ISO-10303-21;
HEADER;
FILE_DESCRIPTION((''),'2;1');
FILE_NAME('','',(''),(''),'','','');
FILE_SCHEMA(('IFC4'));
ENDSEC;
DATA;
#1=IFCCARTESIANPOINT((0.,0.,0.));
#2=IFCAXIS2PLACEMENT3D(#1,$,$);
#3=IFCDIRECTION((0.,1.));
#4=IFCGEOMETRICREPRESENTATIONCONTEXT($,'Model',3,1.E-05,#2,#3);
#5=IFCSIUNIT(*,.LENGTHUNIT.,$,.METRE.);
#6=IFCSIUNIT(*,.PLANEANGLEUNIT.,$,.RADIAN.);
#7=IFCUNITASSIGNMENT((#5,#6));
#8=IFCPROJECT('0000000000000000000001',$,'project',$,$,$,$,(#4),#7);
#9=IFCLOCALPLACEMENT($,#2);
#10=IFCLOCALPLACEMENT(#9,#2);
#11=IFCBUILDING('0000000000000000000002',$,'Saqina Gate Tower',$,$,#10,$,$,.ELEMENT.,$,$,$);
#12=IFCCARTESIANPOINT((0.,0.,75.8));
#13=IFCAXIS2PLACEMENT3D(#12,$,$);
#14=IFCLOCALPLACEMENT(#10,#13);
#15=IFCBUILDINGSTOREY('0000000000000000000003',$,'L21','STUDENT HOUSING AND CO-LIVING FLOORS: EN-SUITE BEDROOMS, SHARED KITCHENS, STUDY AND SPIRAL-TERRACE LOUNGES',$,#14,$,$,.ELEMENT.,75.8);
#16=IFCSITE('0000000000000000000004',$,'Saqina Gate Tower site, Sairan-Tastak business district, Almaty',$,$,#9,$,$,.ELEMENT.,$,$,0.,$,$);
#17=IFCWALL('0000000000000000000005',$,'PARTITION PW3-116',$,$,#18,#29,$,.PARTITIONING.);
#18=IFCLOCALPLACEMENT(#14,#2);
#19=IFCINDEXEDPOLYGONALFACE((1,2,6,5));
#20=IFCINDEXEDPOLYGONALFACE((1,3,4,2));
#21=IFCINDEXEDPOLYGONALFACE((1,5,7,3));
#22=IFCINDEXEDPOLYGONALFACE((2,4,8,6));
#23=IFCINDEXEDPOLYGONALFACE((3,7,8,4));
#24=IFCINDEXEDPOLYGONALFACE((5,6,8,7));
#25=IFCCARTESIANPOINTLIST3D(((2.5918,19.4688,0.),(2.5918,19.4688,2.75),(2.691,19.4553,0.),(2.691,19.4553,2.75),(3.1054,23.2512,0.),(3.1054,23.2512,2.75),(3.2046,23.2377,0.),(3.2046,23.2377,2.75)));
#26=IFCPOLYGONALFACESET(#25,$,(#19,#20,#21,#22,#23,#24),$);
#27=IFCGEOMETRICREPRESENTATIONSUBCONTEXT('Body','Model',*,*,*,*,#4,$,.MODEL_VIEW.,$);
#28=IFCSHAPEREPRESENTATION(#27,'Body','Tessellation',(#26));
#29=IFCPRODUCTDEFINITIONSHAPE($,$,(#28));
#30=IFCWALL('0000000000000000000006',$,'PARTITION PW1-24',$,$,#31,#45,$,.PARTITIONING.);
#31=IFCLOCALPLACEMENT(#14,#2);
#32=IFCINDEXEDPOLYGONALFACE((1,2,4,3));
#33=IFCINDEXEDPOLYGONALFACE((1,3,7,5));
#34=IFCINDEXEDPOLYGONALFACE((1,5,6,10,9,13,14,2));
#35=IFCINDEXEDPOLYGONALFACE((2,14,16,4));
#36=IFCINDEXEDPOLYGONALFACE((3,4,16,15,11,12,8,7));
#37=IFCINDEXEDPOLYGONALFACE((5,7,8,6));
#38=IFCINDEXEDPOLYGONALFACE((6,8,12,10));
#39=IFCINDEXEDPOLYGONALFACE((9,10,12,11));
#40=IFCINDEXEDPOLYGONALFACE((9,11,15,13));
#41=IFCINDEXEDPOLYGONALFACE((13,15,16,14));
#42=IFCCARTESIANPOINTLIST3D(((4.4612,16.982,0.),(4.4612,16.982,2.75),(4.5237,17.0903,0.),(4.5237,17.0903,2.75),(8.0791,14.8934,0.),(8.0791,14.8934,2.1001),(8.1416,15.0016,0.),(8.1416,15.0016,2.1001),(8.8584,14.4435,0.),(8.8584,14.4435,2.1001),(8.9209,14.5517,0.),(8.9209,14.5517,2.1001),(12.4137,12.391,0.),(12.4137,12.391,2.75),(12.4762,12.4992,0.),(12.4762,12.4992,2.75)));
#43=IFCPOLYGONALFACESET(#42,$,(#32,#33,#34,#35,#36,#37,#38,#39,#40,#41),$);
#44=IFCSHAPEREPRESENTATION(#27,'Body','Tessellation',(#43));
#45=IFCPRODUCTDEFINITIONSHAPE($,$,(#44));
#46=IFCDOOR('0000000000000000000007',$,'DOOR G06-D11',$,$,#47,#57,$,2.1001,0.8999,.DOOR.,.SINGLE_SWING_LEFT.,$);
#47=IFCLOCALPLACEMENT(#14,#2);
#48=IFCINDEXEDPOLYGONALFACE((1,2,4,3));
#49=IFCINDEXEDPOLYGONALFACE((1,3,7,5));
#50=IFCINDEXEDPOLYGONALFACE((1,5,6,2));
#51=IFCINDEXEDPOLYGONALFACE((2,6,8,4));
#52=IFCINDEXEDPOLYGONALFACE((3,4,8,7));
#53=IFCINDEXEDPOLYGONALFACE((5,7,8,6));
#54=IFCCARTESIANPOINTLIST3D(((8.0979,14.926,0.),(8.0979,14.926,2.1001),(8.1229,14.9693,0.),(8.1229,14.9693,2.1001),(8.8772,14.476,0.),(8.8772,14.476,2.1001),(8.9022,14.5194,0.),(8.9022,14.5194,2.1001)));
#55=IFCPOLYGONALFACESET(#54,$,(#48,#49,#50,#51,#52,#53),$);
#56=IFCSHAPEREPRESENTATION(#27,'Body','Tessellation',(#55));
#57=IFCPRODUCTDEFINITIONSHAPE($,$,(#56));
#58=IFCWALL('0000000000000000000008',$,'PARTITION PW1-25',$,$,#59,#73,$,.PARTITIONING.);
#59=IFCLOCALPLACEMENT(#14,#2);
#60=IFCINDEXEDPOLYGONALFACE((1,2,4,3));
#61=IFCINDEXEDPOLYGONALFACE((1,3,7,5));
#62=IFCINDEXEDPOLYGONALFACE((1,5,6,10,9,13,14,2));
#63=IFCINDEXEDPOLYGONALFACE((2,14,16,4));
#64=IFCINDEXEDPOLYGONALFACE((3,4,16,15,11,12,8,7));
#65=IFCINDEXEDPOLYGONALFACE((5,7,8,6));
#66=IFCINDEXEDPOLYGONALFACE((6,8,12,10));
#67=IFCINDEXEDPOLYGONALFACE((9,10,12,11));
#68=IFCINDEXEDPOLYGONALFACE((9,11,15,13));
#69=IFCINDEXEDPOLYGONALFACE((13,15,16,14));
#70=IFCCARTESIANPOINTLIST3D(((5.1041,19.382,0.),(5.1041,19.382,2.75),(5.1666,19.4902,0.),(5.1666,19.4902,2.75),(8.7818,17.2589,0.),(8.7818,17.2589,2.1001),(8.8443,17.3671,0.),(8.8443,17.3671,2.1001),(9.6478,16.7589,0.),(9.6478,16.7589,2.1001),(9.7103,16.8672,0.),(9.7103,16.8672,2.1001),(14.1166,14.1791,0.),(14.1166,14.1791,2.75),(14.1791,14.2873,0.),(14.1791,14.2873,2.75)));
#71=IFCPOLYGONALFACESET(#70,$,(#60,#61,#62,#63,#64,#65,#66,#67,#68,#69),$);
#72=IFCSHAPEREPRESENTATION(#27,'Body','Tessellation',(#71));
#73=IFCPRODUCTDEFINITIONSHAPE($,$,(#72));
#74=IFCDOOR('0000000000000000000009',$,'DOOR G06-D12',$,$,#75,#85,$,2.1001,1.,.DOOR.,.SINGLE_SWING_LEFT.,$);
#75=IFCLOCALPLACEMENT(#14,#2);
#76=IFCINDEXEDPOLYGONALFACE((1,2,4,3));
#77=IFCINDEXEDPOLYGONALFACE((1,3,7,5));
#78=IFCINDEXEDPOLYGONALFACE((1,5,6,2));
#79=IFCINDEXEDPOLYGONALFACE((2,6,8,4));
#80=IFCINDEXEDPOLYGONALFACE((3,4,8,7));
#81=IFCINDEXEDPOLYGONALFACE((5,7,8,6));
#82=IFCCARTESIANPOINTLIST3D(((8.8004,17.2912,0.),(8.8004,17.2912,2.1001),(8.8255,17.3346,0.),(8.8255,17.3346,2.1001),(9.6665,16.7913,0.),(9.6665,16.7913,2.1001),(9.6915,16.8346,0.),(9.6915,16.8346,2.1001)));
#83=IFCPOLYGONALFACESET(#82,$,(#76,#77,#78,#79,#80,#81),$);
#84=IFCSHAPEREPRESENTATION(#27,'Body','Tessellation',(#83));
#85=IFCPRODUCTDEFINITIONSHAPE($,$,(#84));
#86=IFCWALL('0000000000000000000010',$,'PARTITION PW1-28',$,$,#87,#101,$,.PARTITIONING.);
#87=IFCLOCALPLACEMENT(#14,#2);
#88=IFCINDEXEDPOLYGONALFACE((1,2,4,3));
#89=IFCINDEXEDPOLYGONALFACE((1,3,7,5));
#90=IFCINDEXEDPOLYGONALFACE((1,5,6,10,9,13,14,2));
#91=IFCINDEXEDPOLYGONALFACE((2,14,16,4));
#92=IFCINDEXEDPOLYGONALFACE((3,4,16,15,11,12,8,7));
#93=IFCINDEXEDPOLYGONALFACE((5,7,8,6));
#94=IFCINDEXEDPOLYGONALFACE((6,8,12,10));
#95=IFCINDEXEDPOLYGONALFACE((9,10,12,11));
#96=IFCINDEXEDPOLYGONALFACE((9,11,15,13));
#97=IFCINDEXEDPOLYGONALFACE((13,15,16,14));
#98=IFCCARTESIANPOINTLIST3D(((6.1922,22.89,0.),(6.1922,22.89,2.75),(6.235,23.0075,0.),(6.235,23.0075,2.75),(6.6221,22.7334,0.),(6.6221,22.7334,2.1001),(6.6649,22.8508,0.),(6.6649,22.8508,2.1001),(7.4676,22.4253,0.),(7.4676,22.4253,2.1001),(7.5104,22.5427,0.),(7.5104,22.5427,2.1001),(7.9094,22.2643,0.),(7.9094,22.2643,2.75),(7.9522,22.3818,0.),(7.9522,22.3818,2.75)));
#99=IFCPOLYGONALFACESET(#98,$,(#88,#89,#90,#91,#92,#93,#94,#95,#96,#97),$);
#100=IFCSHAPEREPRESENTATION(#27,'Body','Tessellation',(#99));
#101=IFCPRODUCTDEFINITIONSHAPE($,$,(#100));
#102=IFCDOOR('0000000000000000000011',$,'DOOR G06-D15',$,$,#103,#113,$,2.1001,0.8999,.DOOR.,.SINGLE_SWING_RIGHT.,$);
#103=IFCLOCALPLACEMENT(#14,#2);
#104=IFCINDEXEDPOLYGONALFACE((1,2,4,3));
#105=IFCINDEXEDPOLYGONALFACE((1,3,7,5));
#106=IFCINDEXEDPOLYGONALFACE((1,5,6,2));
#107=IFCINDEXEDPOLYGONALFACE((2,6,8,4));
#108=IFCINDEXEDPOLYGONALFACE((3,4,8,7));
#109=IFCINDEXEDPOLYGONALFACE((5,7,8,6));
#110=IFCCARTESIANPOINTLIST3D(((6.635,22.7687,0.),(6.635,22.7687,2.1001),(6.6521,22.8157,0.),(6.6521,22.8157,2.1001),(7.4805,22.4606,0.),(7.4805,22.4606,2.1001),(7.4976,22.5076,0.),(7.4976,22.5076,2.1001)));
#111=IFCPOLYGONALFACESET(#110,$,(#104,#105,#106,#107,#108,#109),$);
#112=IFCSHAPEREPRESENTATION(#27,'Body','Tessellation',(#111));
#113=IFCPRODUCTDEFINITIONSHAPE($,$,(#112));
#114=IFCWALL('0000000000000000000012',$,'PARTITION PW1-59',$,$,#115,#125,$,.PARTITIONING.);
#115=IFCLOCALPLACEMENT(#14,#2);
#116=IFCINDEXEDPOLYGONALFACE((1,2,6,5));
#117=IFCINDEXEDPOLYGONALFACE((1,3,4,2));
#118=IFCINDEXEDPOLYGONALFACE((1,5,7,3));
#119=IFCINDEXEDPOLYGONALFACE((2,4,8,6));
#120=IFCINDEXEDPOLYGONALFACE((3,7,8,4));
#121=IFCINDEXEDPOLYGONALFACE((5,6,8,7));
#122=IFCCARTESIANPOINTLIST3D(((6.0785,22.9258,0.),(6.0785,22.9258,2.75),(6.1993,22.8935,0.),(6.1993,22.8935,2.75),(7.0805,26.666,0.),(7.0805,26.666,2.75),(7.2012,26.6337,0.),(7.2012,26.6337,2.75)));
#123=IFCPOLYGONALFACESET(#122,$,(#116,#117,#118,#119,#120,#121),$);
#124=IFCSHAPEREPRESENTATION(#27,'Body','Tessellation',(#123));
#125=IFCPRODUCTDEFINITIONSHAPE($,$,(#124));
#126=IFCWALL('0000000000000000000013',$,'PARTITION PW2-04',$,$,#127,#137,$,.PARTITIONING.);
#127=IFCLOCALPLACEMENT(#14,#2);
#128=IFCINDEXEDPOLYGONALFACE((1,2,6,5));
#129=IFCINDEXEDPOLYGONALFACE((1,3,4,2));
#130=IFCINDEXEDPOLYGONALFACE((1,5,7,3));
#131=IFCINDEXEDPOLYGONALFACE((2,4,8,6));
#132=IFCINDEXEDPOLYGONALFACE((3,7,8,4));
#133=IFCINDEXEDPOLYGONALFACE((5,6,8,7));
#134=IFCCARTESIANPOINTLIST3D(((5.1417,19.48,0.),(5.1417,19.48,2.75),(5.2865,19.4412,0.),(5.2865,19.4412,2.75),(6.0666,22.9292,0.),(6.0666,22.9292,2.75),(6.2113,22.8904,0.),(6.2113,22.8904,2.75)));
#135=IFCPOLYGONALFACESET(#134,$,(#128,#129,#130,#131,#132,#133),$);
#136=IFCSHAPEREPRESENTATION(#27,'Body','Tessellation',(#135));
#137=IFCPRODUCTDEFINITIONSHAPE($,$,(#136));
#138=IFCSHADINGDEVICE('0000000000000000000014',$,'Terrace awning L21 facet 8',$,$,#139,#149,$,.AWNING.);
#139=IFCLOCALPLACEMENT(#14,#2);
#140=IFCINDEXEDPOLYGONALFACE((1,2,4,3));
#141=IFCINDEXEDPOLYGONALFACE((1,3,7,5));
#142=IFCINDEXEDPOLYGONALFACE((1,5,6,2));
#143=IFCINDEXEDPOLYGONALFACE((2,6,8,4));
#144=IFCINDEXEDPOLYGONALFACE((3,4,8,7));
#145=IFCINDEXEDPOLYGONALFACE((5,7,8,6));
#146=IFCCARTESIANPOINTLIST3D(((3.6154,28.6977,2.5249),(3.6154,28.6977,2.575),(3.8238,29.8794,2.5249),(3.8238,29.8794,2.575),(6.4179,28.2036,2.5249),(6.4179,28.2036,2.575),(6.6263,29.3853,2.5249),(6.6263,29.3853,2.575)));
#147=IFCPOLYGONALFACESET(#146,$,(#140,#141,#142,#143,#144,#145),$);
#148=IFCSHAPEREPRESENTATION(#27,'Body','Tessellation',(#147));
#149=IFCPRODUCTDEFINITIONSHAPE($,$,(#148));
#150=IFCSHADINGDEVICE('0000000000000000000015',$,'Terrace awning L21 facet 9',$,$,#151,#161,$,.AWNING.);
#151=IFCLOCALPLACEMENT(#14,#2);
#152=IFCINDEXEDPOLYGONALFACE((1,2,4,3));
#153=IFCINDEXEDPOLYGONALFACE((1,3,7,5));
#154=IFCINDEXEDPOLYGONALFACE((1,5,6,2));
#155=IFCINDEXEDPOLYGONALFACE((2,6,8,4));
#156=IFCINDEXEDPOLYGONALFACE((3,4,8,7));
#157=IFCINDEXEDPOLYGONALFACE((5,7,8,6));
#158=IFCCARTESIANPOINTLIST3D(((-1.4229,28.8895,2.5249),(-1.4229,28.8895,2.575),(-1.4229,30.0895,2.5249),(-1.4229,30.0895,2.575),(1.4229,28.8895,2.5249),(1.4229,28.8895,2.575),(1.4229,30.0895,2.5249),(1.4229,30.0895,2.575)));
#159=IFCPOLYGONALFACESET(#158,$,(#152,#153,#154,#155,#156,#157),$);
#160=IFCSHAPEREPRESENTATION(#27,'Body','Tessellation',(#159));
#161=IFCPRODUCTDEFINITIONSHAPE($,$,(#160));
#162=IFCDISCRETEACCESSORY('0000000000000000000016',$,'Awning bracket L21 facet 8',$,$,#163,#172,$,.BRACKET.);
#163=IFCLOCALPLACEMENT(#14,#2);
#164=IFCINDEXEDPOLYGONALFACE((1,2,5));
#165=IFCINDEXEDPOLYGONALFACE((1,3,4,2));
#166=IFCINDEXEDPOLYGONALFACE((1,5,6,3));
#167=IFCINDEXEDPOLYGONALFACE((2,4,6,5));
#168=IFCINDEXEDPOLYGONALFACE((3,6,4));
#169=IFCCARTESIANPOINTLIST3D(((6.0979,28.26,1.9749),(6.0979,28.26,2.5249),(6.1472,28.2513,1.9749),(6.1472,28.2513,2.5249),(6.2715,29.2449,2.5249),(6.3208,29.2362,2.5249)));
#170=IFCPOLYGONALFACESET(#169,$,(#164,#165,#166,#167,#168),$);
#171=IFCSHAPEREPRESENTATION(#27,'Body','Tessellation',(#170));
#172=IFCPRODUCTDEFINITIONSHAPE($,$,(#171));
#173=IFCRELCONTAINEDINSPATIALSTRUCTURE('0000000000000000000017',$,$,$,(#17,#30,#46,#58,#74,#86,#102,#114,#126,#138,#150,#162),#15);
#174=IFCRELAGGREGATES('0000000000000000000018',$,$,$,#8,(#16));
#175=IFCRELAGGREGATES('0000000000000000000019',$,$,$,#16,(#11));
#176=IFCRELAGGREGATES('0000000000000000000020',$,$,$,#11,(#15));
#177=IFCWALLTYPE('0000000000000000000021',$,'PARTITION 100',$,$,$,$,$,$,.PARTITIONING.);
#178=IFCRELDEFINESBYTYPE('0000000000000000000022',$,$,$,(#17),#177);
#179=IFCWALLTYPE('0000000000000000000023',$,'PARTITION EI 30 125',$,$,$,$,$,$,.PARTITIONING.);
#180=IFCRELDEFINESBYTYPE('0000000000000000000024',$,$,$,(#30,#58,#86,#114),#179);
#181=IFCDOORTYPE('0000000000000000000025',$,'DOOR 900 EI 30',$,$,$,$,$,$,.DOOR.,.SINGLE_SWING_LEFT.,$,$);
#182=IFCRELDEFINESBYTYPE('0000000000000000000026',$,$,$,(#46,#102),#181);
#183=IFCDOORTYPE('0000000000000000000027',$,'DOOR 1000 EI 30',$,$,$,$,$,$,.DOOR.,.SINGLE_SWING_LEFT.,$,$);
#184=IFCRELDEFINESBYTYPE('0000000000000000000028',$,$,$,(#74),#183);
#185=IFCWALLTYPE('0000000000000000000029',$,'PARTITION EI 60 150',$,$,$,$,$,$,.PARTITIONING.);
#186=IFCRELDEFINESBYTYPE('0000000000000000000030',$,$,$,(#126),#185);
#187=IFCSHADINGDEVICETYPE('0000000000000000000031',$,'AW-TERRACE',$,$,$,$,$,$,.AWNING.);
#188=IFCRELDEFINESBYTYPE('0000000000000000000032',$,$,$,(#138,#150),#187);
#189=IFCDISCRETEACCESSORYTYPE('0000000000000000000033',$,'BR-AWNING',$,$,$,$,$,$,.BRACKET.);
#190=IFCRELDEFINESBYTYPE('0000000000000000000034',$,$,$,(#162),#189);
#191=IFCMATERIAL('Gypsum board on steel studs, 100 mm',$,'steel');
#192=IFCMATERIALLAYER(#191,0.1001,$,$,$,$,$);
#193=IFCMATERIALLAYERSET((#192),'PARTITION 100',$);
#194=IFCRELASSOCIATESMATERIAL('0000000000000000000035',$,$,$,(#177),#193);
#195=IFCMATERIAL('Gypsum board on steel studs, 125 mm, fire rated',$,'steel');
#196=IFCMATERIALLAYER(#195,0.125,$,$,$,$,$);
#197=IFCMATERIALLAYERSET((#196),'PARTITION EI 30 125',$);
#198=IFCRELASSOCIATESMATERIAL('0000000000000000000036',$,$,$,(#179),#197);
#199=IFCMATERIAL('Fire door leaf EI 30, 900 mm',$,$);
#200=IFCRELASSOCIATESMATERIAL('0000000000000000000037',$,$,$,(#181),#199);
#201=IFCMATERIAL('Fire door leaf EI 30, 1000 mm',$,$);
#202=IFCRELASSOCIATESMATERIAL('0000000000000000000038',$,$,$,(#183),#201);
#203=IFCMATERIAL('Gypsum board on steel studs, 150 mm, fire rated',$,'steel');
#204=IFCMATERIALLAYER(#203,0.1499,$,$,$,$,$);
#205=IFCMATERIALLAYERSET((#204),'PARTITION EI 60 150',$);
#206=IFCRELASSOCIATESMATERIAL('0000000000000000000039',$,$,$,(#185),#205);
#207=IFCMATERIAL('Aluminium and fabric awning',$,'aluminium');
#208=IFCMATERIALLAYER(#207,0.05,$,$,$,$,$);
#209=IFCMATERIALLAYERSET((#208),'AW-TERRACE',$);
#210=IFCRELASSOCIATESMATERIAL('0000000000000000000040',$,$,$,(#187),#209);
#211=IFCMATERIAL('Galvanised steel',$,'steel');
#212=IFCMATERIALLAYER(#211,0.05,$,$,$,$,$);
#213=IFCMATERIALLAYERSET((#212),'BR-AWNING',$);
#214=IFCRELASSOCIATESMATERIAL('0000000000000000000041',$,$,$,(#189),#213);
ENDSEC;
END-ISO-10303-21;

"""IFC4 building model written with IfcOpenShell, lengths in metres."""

from ifc_helpers import new_model, si_unit, direction, frame, frame_2d, origin, origin_2d, place, context, subcontext, project, spatial, polyline, rectangle, outline, extrude, material, layer, layer_set, type_object, element, fill, save


model = new_model("IFC4")

# Units and contexts
model_context = context("Model", 3, precision=1e-05, world=origin(), true_north=direction((0.0, 1.0)))
body_context = subcontext(model_context, "Body", "Model", "MODEL_VIEW")
ifc_project = project(units=[si_unit("LENGTHUNIT", "METRE"), si_unit("PLANEANGLEUNIT", "RADIAN")], contexts=[model_context])

# Site, building, storey
site_placement = place(None, origin())
site = spatial("IfcSite", under=ifc_project, at=site_placement, Name="Saqina Gate Tower site, Sairan-Tastak business district, Almaty", CompositionType="ELEMENT", RefElevation=0.0)
building_placement = place(site_placement, origin())
building = spatial("IfcBuilding", under=site, at=building_placement, Name="Saqina Gate Tower", CompositionType="ELEMENT")
storey_placement = place(building_placement, frame((0.0, 0.0, 75.8)))
storey = spatial("IfcBuildingStorey", under=building, at=storey_placement, Name="L21", Description="STUDENT HOUSING AND CO-LIVING FLOORS: EN-SUITE BEDROOMS, SHARED KITCHENS, STUDY AND SPIRAL-TERRACE LOUNGES", CompositionType="ELEMENT", Elevation=75.8)

# Shared definitions
ifc_material_1 = material(Name="Gypsum board on steel studs, 100 mm", Category="steel")
ifc_layer_1 = layer(ifc_material_1, 0.1001)
ifc_layer_set_1 = layer_set([ifc_layer_1], Name="PARTITION 100")
wall_type_1 = type_object("IfcWallType", Name="PARTITION 100", PredefinedType="PARTITIONING", material=ifc_layer_set_1)

# Wall
wall_1_placement = place(storey_placement, frame((2.6414, 19.4619, 0.0), z_axis=(0.0, 0.0, 1.0), x_axis=(0.134568, 0.990904, 0.0)))
element("IfcWall", 1, at=wall_1_placement, inside=storey, type_object=wall_type_1, Name="PARTITION PW3-116", PredefinedType="PARTITIONING", context=body_context, shape_type="SweptSolid", body=[
    extrude(rectangle(XDim=3.8171, YDim=0.1001, at=frame_2d((1.9087, 0.0))), origin(), (0.0, 0.0, 1.0), 2.75),
])

# Walls, openings, doors
ifc_material_2 = material(Name="Gypsum board on steel studs, 125 mm, fire rated", Category="steel")
ifc_layer_2 = layer(ifc_material_2, 0.125)
ifc_layer_set_2 = layer_set([ifc_layer_2], Name="PARTITION EI 30 125")
wall_type_2 = type_object("IfcWallType", Name="PARTITION EI 30 125", PredefinedType="PARTITIONING", material=ifc_layer_set_2)
wall_2_placement = place(storey_placement, frame((4.4924, 17.0361, 0.0), z_axis=(0.0, 0.0, 1.0), x_axis=(0.866044, -0.499968, 0.0)))
wall_2 = element("IfcWall", 2, at=wall_2_placement, inside=storey, type_object=wall_type_2, Name="PARTITION PW1-24", PredefinedType="PARTITIONING", context=body_context, shape_type="SweptSolid", body=[
    extrude(rectangle(XDim=9.1826, YDim=0.125, at=frame_2d((4.5913, 0.0))), origin(), (0.0, 0.0, 1.0), 2.75),
])
opening_1_placement = place(wall_2_placement, frame((4.1775, 0.0, 0.0)))
opening_1 = element("IfcOpeningElement", 3, at=opening_1_placement, cuts=wall_2, PredefinedType="OPENING", context=body_context, shape_type="SweptSolid", body=[
    extrude(rectangle(XDim=0.8999, YDim=2.1001, at=frame_2d((0.45, 1.05))), frame((0.0, 0.0745, 0.0), z_axis=(0.0, -1.0, 0.0), x_axis=(1.0, 0.0, 0.0)), (0.0, 0.0, 1.0), 0.1489),
])
ifc_material_3 = material(Name="Fire door leaf EI 30, 900 mm")
door_type_1 = type_object("IfcDoorType", Name="DOOR 900 EI 30", OperationType="SINGLE_SWING_LEFT", PredefinedType="DOOR", material=ifc_material_3)
door_1_placement = place(opening_1_placement, frame((0.8999, 0.0, 0.0), z_axis=(0.0, 0.0, 1.0), x_axis=(-1.0, 0.0, 0.0)))
door_1 = element("IfcDoor", 4, at=door_1_placement, inside=storey, type_object=door_type_1, Name="DOOR G06-D11", OperationType="SINGLE_SWING_LEFT", OverallHeight=2.1001, OverallWidth=0.8999, PredefinedType="DOOR", context=body_context, shape_type="SweptSolid", body=[
    extrude(rectangle(XDim=0.8999, YDim=2.1001, at=frame_2d((0.45, 1.05))), frame((0.0, 0.0249, 0.0), z_axis=(0.0, -1.0, 0.0), x_axis=(1.0, 0.0, 0.0)), (0.0, 0.0, 1.0), 0.05),
])
fill(opening_1, door_1)
wall_3_placement = place(storey_placement, frame((5.1355, 19.436, 0.0), z_axis=(0.0, 0.0, 1.0), x_axis=(0.866045, -0.499967, 0.0)))
wall_3 = element("IfcWall", 5, at=wall_3_placement, inside=storey, type_object=wall_type_2, Name="PARTITION PW1-25", PredefinedType="PARTITIONING", context=body_context, shape_type="SweptSolid", body=[
    extrude(rectangle(XDim=10.4065, YDim=0.125, at=frame_2d((5.2031, 0.0))), origin(), (0.0, 0.0, 1.0), 2.75),
])
opening_2_placement = place(wall_3_placement, frame((4.2463, 0.0, 0.0)))
opening_2 = element("IfcOpeningElement", 6, at=opening_2_placement, cuts=wall_3, PredefinedType="OPENING", context=body_context, shape_type="SweptSolid", body=[
    extrude(rectangle(XDim=1.0, YDim=2.1001, at=frame_2d((0.5, 1.05))), frame((0.0, 0.0745, 0.0), z_axis=(0.0, -1.0, 0.0), x_axis=(1.0, 0.0, 0.0)), (0.0, 0.0, 1.0), 0.1489),
])
ifc_material_4 = material(Name="Fire door leaf EI 30, 1000 mm")
door_type_2 = type_object("IfcDoorType", Name="DOOR 1000 EI 30", OperationType="SINGLE_SWING_LEFT", PredefinedType="DOOR", material=ifc_material_4)
door_2_placement = place(opening_2_placement, origin())
door_2 = element("IfcDoor", 7, at=door_2_placement, inside=storey, type_object=door_type_2, Name="DOOR G06-D12", OperationType="SINGLE_SWING_LEFT", OverallHeight=2.1001, OverallWidth=1.0, PredefinedType="DOOR", context=body_context, shape_type="SweptSolid", body=[
    extrude(rectangle(XDim=1.0, YDim=2.1001, at=frame_2d((0.5, 1.05))), frame((0.0, 0.0249, 0.0), z_axis=(0.0, -1.0, 0.0), x_axis=(1.0, 0.0, 0.0)), (0.0, 0.0, 1.0), 0.05),
])
fill(opening_2, door_2)
wall_4_placement = place(storey_placement, frame((6.2136, 22.9487, 0.0), z_axis=(0.0, 0.0, 1.0), x_axis=(0.939571, -0.342354, 0.0)))
wall_4 = element("IfcWall", 8, at=wall_4_placement, inside=storey, type_object=wall_type_2, Name="PARTITION PW1-28", PredefinedType="PARTITIONING", context=body_context, shape_type="SweptSolid", body=[
    extrude(rectangle(XDim=1.8276, YDim=0.125, at=frame_2d((0.9138, 0.0))), origin(), (0.0, 0.0, 1.0), 2.75),
])
opening_3_placement = place(wall_4_placement, frame((0.4575, 0.0, 0.0)))
opening_3 = element("IfcOpeningElement", 9, at=opening_3_placement, cuts=wall_4, PredefinedType="OPENING", context=body_context, shape_type="SweptSolid", body=[
    extrude(rectangle(XDim=0.8999, YDim=2.1001, at=frame_2d((0.45, 1.05))), frame((0.0, 0.0745, 0.0), z_axis=(0.0, -1.0, 0.0), x_axis=(1.0, 0.0, 0.0)), (0.0, 0.0, 1.0), 0.1489),
])
door_3_placement = place(opening_3_placement, frame((0.8999, 0.0, 0.0), z_axis=(0.0, 0.0, 1.0), x_axis=(-1.0, 0.0, 0.0)))
door_3 = element("IfcDoor", 10, at=door_3_placement, inside=storey, type_object=door_type_1, Name="DOOR G06-D15", OperationType="SINGLE_SWING_RIGHT", OverallHeight=2.1001, OverallWidth=0.8999, PredefinedType="DOOR", context=body_context, shape_type="SweptSolid", body=[
    extrude(rectangle(XDim=0.8999, YDim=2.1001, at=frame_2d((0.45, 1.05))), frame((0.0, 0.0249, 0.0), z_axis=(0.0, -1.0, 0.0), x_axis=(1.0, 0.0, 0.0)), (0.0, 0.0, 1.0), 0.05),
])
fill(opening_3, door_3)

# Walls
wall_5_placement = place(storey_placement, frame((6.1389, 22.9097, 0.0), z_axis=(0.0, 0.0, 1.0), x_axis=(0.258761, 0.965941, 0.0)))
element("IfcWall", 11, at=wall_5_placement, inside=storey, type_object=wall_type_2, Name="PARTITION PW1-59", PredefinedType="PARTITIONING", context=body_context, shape_type="SweptSolid", body=[
    extrude(rectangle(XDim=3.8721, YDim=0.125, at=frame_2d((1.936, 0.0))), origin(), (0.0, 0.0, 1.0), 2.75),
])
ifc_material_5 = material(Name="Gypsum board on steel studs, 150 mm, fire rated", Category="steel")
ifc_layer_3 = layer(ifc_material_5, 0.1499)
ifc_layer_set_3 = layer_set([ifc_layer_3], Name="PARTITION EI 60 150")
wall_type_3 = type_object("IfcWallType", Name="PARTITION EI 60 150", PredefinedType="PARTITIONING", material=ifc_layer_set_3)
wall_6_placement = place(storey_placement, frame((5.2141, 19.4604, 0.0), z_axis=(0.0, 0.0, 1.0), x_axis=(0.258973, 0.965885, 0.0)))
element("IfcWall", 12, at=wall_6_placement, inside=storey, type_object=wall_type_3, Name="PARTITION PW2-04", PredefinedType="PARTITIONING", context=body_context, shape_type="SweptSolid", body=[
    extrude(rectangle(XDim=3.571, YDim=0.1499, at=frame_2d((1.7856, 0.0))), origin(), (0.0, 0.0, 1.0), 2.75),
])

# Shading devices
ifc_material_6 = material(Name="Aluminium and fabric awning", Category="aluminium")
ifc_layer_4 = layer(ifc_material_6, 0.05)
ifc_layer_set_4 = layer_set([ifc_layer_4], Name="AW-TERRACE")
shading_device_type = type_object("IfcShadingDeviceType", Name="AW-TERRACE", PredefinedType="AWNING", material=ifc_layer_set_4)
for number, where, z_axis, x_axis, name in (
    (13, (5.1208, 29.0415, 2.5249), (0.0, 0.0, 1.0), (-0.984808, 0.173648, 0.0), "Terrace awning L21 facet 8"),
    (14, (0.0, 29.4895, 2.5249), (0.0, 0.0, 1.0), (-1.0, 0.0, 0.0), "Terrace awning L21 facet 9"),
):
    element("IfcShadingDevice", number, at=place(storey_placement, frame(where, z_axis=z_axis, x_axis=x_axis)), inside=storey, type_object=shading_device_type, Name=name, PredefinedType="AWNING", context=body_context, shape_type="SweptSolid", body=[
        extrude(rectangle(XDim=2.8457, YDim=1.2, at=origin_2d()), origin(), (0.0, 0.0, 1.0), 0.05),
    ])

# Discrete accessory
ifc_material_7 = material(Name="Galvanised steel", Category="steel")
ifc_layer_5 = layer(ifc_material_7, 0.05)
ifc_layer_set_5 = layer_set([ifc_layer_5], Name="BR-AWNING")
discrete_accessory_type_1 = type_object("IfcDiscreteAccessoryType", Name="BR-AWNING", PredefinedType="BRACKET", material=ifc_layer_set_5)
for number, where, z_axis, x_axis, name in (
    (15, (6.0979, 28.26, 1.9749), (-0.98482, 0.173576, 0.0), (0.0, 0.0, 1.0), "Awning bracket L21 facet 8"),
):
    element("IfcDiscreteAccessory", number, at=place(storey_placement, frame(where, z_axis=z_axis, x_axis=x_axis)), inside=storey, type_object=discrete_accessory_type_1, Name=name, PredefinedType="BRACKET", context=body_context, shape_type="SweptSolid", body=[
        extrude(outline(polyline([(0.0, 0.0), (0.55, 0.0), (0.55, 1.0), (0.0, 0.0)])), origin(), (0.0, 0.0, -1.0), 0.05),
    ])

save(model, "model.ifc")
